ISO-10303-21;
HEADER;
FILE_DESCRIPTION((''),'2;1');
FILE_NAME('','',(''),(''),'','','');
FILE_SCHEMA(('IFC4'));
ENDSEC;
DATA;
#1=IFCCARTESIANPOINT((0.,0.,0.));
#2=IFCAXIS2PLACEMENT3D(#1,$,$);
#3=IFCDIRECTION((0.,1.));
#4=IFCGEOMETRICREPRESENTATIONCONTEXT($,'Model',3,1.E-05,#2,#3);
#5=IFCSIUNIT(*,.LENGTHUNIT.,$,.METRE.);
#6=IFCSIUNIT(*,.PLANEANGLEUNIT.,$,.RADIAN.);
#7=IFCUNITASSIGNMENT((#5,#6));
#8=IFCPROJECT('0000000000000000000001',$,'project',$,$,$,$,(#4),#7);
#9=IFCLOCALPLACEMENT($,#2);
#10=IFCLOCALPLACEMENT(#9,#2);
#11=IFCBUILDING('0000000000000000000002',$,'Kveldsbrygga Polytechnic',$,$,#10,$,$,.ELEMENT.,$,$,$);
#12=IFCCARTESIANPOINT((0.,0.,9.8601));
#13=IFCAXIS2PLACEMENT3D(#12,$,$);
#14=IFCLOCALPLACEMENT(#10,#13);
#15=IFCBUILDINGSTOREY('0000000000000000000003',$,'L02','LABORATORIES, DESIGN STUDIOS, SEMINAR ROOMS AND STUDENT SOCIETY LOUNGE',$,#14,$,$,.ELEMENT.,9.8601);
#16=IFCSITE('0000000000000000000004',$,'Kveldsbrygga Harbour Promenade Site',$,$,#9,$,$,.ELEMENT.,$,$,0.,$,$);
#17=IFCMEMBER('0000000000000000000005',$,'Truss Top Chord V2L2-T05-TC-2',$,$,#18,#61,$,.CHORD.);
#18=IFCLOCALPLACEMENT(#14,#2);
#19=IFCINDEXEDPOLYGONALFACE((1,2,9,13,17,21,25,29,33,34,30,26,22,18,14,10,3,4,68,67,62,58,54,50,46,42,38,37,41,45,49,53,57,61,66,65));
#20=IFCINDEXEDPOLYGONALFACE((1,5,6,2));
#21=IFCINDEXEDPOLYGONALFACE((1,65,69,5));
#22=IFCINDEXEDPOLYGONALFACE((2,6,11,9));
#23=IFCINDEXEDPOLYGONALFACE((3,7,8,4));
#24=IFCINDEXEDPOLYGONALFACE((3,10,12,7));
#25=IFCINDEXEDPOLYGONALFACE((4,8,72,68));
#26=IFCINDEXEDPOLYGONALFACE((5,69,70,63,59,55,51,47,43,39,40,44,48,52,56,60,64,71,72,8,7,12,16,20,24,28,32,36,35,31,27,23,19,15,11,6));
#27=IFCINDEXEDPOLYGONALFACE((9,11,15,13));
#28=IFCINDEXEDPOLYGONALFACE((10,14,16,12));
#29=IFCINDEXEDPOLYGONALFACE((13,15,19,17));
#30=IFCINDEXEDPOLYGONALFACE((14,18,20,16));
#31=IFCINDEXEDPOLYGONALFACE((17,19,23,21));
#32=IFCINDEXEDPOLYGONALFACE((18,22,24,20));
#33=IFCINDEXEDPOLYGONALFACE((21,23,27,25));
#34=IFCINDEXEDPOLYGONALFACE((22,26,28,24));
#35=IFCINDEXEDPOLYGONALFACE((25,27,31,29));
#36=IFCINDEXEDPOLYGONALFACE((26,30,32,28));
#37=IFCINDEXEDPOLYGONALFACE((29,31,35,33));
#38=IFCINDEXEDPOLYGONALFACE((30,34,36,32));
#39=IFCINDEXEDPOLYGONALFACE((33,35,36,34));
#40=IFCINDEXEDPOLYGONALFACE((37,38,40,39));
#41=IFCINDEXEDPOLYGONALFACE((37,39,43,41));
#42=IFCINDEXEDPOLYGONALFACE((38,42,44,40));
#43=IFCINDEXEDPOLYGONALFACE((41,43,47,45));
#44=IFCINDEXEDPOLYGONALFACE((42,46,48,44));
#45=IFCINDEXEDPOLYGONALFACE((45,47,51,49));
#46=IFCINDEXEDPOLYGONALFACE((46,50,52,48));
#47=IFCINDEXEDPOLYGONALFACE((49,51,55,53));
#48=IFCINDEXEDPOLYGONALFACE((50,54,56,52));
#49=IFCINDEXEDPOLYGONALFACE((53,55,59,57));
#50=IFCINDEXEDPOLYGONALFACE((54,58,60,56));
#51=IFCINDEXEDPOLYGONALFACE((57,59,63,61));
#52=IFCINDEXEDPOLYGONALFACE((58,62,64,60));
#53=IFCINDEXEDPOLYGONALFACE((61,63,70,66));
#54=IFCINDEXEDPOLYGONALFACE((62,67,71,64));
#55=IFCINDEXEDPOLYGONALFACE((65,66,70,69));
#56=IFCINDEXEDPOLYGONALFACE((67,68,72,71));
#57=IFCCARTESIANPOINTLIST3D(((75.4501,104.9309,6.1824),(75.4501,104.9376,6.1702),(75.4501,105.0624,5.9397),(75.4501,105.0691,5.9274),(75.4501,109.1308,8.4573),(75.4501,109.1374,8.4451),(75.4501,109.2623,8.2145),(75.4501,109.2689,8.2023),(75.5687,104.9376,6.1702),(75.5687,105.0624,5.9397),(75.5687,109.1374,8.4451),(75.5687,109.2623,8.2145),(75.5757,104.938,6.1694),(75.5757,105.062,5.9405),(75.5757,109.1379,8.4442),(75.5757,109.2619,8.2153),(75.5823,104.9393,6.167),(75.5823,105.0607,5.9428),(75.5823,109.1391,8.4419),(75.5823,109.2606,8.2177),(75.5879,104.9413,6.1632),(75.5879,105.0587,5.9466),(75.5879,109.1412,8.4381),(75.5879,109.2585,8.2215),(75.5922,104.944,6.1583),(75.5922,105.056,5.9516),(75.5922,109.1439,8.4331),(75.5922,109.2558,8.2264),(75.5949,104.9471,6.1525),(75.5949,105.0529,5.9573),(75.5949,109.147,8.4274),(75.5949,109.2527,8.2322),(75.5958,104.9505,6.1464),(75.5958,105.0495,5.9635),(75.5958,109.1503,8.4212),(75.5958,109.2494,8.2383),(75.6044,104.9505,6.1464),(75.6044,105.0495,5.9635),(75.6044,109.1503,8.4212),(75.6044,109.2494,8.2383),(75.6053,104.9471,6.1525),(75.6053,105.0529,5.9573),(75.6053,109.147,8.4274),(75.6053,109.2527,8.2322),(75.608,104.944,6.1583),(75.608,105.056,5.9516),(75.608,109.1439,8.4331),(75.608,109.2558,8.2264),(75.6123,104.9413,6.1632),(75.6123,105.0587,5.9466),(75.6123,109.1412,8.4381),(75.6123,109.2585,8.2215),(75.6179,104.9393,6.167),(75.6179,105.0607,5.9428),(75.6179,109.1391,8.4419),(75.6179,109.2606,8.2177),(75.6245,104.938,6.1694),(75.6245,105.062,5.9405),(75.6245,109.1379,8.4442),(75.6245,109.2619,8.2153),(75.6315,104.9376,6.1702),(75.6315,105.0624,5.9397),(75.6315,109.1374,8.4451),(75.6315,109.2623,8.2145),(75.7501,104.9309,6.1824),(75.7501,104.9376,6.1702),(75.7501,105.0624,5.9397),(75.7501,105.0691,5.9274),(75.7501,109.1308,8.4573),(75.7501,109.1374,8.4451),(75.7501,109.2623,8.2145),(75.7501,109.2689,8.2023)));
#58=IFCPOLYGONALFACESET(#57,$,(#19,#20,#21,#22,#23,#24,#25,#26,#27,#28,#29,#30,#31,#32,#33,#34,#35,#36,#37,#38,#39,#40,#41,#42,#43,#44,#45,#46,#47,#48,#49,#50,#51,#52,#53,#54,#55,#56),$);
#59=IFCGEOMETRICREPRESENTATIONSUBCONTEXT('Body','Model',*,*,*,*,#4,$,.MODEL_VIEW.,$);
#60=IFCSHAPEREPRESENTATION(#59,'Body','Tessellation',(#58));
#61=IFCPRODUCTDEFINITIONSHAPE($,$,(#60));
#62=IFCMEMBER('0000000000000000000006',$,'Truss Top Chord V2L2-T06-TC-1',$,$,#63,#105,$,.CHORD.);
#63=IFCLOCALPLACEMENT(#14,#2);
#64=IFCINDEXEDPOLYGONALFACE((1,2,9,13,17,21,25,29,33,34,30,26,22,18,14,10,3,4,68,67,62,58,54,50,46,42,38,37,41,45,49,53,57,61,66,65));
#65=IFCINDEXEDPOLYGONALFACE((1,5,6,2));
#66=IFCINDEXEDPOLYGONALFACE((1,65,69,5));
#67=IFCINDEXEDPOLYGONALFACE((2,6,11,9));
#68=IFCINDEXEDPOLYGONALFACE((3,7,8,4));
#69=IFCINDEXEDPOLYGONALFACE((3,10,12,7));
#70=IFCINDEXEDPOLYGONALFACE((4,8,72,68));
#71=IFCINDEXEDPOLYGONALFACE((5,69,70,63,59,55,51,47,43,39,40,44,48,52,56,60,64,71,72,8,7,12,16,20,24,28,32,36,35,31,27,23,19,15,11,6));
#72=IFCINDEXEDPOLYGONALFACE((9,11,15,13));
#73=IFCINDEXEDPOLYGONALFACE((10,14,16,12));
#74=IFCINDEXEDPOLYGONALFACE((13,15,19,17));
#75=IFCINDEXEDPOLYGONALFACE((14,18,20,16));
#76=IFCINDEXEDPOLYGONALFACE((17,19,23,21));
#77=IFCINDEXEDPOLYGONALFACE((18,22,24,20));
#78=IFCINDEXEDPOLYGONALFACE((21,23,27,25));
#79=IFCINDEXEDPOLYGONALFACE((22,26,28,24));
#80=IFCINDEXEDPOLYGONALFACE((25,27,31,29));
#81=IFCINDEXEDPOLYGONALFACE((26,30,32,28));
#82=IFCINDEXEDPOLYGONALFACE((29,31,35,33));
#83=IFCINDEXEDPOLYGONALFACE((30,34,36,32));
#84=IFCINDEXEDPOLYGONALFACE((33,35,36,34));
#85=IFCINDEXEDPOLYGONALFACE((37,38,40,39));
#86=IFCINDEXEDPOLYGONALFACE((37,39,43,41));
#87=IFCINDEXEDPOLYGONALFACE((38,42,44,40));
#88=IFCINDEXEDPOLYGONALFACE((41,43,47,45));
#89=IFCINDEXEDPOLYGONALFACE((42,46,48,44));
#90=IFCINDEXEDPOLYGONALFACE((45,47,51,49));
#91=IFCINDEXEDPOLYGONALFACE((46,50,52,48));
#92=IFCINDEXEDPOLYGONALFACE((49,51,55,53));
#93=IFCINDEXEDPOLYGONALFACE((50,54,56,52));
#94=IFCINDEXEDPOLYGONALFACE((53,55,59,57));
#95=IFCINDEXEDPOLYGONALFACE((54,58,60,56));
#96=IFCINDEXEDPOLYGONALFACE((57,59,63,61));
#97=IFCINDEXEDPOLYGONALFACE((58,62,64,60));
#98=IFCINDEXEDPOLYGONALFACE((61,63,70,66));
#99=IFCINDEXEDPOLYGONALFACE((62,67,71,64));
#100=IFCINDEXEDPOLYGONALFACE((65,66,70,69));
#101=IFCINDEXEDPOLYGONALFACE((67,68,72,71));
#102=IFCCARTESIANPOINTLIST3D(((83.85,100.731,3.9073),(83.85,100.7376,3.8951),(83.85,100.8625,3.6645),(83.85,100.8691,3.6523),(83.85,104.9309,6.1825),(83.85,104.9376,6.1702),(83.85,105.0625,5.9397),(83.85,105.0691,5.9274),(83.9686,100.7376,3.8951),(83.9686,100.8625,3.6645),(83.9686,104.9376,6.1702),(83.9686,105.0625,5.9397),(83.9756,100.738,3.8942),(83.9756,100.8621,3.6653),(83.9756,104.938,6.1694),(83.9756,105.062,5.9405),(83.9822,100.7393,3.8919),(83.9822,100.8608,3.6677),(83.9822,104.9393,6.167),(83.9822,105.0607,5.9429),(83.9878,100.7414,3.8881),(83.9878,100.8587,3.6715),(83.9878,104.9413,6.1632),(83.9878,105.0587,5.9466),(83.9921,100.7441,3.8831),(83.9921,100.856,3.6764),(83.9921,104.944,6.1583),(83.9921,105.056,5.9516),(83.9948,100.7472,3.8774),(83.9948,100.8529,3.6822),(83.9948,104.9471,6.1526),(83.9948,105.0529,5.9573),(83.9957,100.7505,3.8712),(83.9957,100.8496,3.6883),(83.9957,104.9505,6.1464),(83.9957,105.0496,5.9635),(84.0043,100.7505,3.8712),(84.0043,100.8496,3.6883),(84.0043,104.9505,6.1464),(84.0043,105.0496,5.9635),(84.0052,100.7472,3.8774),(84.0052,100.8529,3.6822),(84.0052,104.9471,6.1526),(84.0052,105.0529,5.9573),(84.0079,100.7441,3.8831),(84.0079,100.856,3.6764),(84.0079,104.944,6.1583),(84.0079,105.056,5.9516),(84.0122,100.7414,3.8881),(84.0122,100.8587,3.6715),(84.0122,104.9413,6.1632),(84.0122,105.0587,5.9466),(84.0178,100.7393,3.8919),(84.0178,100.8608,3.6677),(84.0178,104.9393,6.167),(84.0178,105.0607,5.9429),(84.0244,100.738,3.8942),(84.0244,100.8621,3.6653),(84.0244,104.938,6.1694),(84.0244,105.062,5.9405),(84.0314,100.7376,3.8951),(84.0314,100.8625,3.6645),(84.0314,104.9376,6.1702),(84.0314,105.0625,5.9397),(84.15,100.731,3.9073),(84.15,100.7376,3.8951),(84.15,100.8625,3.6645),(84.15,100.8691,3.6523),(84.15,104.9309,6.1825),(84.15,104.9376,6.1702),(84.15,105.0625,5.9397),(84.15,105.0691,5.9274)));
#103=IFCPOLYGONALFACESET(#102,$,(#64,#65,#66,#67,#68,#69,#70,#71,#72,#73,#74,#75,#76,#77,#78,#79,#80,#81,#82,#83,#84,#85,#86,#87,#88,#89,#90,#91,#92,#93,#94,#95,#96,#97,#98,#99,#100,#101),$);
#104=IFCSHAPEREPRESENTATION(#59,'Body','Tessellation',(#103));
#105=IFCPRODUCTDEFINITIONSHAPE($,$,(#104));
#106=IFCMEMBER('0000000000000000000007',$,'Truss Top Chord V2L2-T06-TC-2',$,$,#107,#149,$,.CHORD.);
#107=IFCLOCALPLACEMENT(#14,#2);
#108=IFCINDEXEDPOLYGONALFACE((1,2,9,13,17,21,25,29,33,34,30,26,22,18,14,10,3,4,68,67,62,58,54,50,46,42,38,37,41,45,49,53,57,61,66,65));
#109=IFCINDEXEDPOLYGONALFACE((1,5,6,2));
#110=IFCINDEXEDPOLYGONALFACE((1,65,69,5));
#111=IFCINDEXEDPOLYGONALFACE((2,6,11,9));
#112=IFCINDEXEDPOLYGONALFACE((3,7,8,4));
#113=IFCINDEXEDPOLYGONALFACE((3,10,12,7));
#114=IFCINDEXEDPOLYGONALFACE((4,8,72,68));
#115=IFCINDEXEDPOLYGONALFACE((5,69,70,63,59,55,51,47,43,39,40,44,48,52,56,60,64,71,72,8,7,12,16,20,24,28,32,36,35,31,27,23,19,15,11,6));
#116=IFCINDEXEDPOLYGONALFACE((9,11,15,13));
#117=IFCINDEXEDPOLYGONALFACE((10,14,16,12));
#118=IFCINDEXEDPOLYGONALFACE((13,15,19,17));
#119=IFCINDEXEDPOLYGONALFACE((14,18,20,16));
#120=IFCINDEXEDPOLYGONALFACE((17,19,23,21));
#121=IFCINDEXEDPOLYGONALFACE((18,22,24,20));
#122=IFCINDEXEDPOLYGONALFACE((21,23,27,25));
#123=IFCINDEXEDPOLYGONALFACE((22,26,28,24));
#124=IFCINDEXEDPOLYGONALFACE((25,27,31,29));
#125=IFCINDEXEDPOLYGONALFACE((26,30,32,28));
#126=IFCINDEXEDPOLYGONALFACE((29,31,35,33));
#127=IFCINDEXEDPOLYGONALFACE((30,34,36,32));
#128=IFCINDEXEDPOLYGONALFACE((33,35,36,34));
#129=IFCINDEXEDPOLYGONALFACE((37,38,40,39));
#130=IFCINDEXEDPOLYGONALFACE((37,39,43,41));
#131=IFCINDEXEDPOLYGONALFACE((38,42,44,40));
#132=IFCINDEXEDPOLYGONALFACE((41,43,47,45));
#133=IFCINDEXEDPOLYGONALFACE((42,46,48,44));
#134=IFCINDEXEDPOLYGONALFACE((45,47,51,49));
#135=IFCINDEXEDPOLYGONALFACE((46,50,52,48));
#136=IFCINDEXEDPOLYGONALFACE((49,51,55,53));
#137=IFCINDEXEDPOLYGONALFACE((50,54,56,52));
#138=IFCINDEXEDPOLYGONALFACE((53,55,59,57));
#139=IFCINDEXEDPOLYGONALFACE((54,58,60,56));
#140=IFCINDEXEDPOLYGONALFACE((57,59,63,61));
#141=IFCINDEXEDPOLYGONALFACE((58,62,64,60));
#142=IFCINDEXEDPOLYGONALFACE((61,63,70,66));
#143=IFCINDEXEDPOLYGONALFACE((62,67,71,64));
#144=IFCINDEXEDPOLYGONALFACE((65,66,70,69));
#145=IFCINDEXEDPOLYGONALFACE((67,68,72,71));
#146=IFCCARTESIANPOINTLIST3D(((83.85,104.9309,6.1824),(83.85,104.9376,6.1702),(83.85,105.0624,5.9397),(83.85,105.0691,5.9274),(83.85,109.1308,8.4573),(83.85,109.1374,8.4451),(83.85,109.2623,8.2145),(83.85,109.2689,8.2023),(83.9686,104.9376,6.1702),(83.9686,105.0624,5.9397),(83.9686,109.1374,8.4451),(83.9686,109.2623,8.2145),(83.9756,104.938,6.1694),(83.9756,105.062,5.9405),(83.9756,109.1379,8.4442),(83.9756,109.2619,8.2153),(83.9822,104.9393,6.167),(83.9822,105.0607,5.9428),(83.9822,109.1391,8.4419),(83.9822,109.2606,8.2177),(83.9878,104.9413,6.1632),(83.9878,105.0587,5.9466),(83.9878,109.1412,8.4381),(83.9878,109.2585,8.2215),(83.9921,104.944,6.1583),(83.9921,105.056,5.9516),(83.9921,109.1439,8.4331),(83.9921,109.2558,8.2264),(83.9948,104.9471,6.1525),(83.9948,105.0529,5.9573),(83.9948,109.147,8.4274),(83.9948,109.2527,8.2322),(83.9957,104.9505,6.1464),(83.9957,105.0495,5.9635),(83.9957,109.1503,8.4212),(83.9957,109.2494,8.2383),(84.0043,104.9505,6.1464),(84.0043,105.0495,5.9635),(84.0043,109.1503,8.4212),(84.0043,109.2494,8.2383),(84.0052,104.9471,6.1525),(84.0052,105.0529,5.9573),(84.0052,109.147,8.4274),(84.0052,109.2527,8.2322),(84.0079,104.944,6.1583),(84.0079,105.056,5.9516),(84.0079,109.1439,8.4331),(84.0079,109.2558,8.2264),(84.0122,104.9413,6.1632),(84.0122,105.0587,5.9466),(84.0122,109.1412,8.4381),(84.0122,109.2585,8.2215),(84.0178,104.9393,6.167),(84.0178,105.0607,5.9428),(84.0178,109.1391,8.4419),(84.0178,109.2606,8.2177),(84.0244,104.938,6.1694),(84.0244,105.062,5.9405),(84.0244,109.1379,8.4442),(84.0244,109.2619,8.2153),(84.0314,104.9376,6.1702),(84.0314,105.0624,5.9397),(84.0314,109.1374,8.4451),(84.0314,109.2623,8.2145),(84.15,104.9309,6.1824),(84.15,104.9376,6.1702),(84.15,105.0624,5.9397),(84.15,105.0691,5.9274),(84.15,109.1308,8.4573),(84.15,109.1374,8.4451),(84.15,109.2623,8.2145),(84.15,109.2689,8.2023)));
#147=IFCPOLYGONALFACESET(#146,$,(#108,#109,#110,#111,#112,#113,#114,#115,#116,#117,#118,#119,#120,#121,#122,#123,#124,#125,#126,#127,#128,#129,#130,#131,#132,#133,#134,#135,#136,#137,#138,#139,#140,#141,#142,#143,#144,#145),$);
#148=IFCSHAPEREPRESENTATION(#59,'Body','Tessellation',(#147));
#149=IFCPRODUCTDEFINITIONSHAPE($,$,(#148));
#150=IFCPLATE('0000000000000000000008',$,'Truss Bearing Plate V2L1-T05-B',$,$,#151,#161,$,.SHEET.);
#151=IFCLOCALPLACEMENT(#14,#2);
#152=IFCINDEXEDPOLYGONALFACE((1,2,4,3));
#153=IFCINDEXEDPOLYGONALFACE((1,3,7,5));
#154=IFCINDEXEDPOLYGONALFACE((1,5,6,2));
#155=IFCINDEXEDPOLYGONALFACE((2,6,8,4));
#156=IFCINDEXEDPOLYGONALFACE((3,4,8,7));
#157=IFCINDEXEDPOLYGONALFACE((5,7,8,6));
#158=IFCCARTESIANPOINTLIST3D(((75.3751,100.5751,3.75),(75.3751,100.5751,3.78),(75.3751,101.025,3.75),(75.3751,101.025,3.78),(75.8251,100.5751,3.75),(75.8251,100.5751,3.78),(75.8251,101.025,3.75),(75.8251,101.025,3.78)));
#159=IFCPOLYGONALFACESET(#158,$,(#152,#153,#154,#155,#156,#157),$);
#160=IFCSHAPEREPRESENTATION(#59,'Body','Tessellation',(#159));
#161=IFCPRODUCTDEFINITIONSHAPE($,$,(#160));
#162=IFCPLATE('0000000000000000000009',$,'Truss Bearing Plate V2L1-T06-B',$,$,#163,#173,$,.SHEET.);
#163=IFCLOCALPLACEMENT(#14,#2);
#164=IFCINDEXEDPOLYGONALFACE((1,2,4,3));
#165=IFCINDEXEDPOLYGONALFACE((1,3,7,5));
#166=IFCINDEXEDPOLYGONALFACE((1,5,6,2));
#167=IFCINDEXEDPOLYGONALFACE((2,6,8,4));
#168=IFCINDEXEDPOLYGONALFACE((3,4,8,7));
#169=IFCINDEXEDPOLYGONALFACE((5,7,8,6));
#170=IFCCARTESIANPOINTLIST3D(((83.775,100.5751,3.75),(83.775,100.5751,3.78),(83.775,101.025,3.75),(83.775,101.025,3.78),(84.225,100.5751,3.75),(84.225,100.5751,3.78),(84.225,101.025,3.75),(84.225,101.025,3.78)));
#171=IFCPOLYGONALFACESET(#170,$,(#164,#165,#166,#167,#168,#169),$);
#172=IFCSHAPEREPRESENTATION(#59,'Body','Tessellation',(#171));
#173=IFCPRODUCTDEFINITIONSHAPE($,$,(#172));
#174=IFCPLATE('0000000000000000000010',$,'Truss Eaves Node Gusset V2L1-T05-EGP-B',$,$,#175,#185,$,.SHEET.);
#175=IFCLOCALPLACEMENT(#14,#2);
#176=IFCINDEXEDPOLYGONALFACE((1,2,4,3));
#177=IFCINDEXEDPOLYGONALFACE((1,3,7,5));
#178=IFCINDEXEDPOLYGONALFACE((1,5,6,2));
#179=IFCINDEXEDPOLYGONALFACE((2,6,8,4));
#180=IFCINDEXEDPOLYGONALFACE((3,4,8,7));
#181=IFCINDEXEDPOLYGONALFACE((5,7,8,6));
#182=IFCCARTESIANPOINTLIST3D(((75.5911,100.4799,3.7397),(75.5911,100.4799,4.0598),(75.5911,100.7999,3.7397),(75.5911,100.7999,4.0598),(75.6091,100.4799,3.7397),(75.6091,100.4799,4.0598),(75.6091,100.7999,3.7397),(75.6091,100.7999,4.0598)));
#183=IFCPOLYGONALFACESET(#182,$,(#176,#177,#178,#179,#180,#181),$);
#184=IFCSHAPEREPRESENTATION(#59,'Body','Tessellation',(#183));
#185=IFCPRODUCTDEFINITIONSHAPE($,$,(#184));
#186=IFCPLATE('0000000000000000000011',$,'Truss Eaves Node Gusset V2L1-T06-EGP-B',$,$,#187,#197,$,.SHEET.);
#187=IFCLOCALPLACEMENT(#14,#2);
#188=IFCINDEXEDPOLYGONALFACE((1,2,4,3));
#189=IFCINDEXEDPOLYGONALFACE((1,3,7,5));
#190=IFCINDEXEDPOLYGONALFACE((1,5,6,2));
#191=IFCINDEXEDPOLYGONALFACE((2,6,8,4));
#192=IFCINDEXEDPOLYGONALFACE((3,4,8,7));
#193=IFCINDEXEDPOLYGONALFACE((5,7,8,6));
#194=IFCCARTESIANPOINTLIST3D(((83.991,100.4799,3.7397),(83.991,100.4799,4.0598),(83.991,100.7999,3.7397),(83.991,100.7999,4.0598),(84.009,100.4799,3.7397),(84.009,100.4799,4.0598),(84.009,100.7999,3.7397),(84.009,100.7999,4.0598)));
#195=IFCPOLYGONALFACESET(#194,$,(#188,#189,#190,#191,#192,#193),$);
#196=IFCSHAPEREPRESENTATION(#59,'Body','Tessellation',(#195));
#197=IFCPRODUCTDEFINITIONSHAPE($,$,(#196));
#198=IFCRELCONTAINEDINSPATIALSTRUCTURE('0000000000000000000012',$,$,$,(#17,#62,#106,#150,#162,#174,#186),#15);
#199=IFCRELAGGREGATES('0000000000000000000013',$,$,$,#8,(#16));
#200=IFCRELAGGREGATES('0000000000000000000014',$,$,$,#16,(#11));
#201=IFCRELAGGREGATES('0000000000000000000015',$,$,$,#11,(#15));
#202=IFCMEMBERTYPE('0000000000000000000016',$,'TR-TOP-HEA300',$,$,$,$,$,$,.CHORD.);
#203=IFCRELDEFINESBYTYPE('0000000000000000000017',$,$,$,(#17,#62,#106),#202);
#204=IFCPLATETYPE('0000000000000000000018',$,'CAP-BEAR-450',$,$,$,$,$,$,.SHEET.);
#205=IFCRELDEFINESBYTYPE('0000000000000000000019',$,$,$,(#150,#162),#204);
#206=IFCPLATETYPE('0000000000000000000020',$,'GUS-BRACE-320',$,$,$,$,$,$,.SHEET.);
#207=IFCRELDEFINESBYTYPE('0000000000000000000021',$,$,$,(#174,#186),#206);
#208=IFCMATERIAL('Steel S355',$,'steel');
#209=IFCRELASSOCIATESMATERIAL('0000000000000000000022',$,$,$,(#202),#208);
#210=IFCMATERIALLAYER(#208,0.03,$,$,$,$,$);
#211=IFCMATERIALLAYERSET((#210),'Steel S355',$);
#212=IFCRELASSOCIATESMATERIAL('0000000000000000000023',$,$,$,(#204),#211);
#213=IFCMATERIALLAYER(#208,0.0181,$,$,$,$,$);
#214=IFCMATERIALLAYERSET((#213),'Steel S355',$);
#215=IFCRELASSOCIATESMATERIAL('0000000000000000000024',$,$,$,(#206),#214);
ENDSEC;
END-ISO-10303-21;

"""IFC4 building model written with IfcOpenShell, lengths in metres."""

from ifc_helpers import new_model, si_unit, direction, frame, origin, origin_2d, place, context, subcontext, project, spatial, rectangle, i_section, extrude, material, layer, layer_set, material_profile, profile_set, type_object, element, save


model = new_model("IFC4")

# Units and contexts
model_context = context("Model", 3, precision=1e-05, world=origin(), true_north=direction((0.0, 1.0)))
body_context = subcontext(model_context, "Body", "Model", "MODEL_VIEW")
ifc_project = project(units=[si_unit("LENGTHUNIT", "METRE"), si_unit("PLANEANGLEUNIT", "RADIAN")], contexts=[model_context])

# Site, building, storey
site_placement = place(None, origin())
site = spatial("IfcSite", under=ifc_project, at=site_placement, Name="Kveldsbrygga Harbour Promenade Site", CompositionType="ELEMENT", RefElevation=0.0)
building_placement = place(site_placement, origin())
building = spatial("IfcBuilding", under=site, at=building_placement, Name="Kveldsbrygga Polytechnic", CompositionType="ELEMENT")
storey_placement = place(building_placement, frame((0.0, 0.0, 9.8601)))
storey = spatial("IfcBuildingStorey", under=building, at=storey_placement, Name="L02", Description="LABORATORIES, DESIGN STUDIOS, SEMINAR ROOMS AND STUDENT SOCIETY LOUNGE", CompositionType="ELEMENT", Elevation=9.8601)

# Members
ifc_material_1 = material(Name="Steel S355", Category="steel")
ifc_material_profile_1 = material_profile(ifc_material_1, i_section(OverallWidth=0.3, OverallDepth=0.29, WebThickness=0.0085, FlangeThickness=0.0139, FilletRadius=0.0271, at=origin_2d()), Name="HEA 300")
ifc_profile_set_1 = profile_set([ifc_material_profile_1], Name="Steel S355")
member_type_1 = type_object("IfcMemberType", Name="TR-TOP-HEA300", PredefinedType="CHORD", material=ifc_profile_set_1)
member_1_placement = place(storey_placement, frame((75.6001, 105.0, 6.0549), z_axis=(0.0, 0.879298, 0.476272), x_axis=(-1.0, 0.0, 0.0)))
element("IfcMember", 1, at=member_1_placement, inside=storey, type_object=member_type_1, Name="Truss Top Chord V2L2-T05-TC-2", PredefinedType="CHORD", context=body_context, shape_type="SweptSolid", body=[
    extrude(i_section(OverallWidth=0.3, OverallDepth=0.29, WebThickness=0.0085, FlangeThickness=0.0139, FilletRadius=0.0271, at=origin_2d()), origin(), (0.0, 0.0, 1.0), 4.7764),
])
member_2_placement = place(storey_placement, frame((84.0, 100.8, 3.7798), z_axis=(0.0, 0.879277, 0.476311), x_axis=(-1.0, 0.0, 0.0)))
element("IfcMember", 2, at=member_2_placement, inside=storey, type_object=member_type_1, Name="Truss Top Chord V2L2-T06-TC-1", PredefinedType="CHORD", context=body_context, shape_type="SweptSolid", body=[
    extrude(i_section(OverallWidth=0.3, OverallDepth=0.29, WebThickness=0.0085, FlangeThickness=0.0139, FilletRadius=0.0271, at=origin_2d()), origin(), (0.0, 0.0, 1.0), 4.7766),
])
member_3_placement = place(storey_placement, frame((84.0, 105.0, 6.0549), z_axis=(0.0, 0.879298, 0.476272), x_axis=(-1.0, 0.0, 0.0)))
element("IfcMember", 3, at=member_3_placement, inside=storey, type_object=member_type_1, Name="Truss Top Chord V2L2-T06-TC-2", PredefinedType="CHORD", context=body_context, shape_type="SweptSolid", body=[
    extrude(i_section(OverallWidth=0.3, OverallDepth=0.29, WebThickness=0.0085, FlangeThickness=0.0139, FilletRadius=0.0271, at=origin_2d()), origin(), (0.0, 0.0, 1.0), 4.7764),
])

# Plates
ifc_layer_1 = layer(ifc_material_1, 0.03)
ifc_layer_set_1 = layer_set([ifc_layer_1], Name="Steel S355")
plate_type_1 = type_object("IfcPlateType", Name="CAP-BEAR-450", PredefinedType="SHEET", material=ifc_layer_set_1)
for number, where, z_axis, x_axis, name in (
    (4, (75.6001, 100.8, 3.75), (0.0, 0.0, 1.0), (1.0, 0.0, 0.0), "Truss Bearing Plate V2L1-T05-B"),
    (5, (84.0, 100.8, 3.75), (0.0, 0.0, 1.0), (1.0, 0.0, 0.0), "Truss Bearing Plate V2L1-T06-B"),
):
    element("IfcPlate", number, at=place(storey_placement, frame(where, z_axis=z_axis, x_axis=x_axis)), inside=storey, type_object=plate_type_1, Name=name, PredefinedType="SHEET", context=body_context, shape_type="SweptSolid", body=[
        extrude(rectangle(XDim=0.45, YDim=0.45, at=origin_2d()), origin(), (0.0, 0.0, 1.0), 0.03),
    ])
ifc_layer_2 = layer(ifc_material_1, 0.0181)
ifc_layer_set_2 = layer_set([ifc_layer_2], Name="Steel S355")
plate_type_2 = type_object("IfcPlateType", Name="GUS-BRACE-320", PredefinedType="SHEET", material=ifc_layer_set_2)
for number, where, z_axis, x_axis, name in (
    (6, (75.6001, 100.6399, 3.7397), (0.0, 0.0, 1.0), (1.0, 0.0, 0.0), "Truss Eaves Node Gusset V2L1-T05-EGP-B"),
    (7, (84.0, 100.6399, 3.7397), (0.0, 0.0, 1.0), (1.0, 0.0, 0.0), "Truss Eaves Node Gusset V2L1-T06-EGP-B"),
):
    element("IfcPlate", number, at=place(storey_placement, frame(where, z_axis=z_axis, x_axis=x_axis)), inside=storey, type_object=plate_type_2, Name=name, PredefinedType="SHEET", context=body_context, shape_type="SweptSolid", body=[
        extrude(rectangle(XDim=0.0181, YDim=0.3201, at=origin_2d()), origin(), (0.0, 0.0, 1.0), 0.3201),
    ])

save(model, "model.ifc")
